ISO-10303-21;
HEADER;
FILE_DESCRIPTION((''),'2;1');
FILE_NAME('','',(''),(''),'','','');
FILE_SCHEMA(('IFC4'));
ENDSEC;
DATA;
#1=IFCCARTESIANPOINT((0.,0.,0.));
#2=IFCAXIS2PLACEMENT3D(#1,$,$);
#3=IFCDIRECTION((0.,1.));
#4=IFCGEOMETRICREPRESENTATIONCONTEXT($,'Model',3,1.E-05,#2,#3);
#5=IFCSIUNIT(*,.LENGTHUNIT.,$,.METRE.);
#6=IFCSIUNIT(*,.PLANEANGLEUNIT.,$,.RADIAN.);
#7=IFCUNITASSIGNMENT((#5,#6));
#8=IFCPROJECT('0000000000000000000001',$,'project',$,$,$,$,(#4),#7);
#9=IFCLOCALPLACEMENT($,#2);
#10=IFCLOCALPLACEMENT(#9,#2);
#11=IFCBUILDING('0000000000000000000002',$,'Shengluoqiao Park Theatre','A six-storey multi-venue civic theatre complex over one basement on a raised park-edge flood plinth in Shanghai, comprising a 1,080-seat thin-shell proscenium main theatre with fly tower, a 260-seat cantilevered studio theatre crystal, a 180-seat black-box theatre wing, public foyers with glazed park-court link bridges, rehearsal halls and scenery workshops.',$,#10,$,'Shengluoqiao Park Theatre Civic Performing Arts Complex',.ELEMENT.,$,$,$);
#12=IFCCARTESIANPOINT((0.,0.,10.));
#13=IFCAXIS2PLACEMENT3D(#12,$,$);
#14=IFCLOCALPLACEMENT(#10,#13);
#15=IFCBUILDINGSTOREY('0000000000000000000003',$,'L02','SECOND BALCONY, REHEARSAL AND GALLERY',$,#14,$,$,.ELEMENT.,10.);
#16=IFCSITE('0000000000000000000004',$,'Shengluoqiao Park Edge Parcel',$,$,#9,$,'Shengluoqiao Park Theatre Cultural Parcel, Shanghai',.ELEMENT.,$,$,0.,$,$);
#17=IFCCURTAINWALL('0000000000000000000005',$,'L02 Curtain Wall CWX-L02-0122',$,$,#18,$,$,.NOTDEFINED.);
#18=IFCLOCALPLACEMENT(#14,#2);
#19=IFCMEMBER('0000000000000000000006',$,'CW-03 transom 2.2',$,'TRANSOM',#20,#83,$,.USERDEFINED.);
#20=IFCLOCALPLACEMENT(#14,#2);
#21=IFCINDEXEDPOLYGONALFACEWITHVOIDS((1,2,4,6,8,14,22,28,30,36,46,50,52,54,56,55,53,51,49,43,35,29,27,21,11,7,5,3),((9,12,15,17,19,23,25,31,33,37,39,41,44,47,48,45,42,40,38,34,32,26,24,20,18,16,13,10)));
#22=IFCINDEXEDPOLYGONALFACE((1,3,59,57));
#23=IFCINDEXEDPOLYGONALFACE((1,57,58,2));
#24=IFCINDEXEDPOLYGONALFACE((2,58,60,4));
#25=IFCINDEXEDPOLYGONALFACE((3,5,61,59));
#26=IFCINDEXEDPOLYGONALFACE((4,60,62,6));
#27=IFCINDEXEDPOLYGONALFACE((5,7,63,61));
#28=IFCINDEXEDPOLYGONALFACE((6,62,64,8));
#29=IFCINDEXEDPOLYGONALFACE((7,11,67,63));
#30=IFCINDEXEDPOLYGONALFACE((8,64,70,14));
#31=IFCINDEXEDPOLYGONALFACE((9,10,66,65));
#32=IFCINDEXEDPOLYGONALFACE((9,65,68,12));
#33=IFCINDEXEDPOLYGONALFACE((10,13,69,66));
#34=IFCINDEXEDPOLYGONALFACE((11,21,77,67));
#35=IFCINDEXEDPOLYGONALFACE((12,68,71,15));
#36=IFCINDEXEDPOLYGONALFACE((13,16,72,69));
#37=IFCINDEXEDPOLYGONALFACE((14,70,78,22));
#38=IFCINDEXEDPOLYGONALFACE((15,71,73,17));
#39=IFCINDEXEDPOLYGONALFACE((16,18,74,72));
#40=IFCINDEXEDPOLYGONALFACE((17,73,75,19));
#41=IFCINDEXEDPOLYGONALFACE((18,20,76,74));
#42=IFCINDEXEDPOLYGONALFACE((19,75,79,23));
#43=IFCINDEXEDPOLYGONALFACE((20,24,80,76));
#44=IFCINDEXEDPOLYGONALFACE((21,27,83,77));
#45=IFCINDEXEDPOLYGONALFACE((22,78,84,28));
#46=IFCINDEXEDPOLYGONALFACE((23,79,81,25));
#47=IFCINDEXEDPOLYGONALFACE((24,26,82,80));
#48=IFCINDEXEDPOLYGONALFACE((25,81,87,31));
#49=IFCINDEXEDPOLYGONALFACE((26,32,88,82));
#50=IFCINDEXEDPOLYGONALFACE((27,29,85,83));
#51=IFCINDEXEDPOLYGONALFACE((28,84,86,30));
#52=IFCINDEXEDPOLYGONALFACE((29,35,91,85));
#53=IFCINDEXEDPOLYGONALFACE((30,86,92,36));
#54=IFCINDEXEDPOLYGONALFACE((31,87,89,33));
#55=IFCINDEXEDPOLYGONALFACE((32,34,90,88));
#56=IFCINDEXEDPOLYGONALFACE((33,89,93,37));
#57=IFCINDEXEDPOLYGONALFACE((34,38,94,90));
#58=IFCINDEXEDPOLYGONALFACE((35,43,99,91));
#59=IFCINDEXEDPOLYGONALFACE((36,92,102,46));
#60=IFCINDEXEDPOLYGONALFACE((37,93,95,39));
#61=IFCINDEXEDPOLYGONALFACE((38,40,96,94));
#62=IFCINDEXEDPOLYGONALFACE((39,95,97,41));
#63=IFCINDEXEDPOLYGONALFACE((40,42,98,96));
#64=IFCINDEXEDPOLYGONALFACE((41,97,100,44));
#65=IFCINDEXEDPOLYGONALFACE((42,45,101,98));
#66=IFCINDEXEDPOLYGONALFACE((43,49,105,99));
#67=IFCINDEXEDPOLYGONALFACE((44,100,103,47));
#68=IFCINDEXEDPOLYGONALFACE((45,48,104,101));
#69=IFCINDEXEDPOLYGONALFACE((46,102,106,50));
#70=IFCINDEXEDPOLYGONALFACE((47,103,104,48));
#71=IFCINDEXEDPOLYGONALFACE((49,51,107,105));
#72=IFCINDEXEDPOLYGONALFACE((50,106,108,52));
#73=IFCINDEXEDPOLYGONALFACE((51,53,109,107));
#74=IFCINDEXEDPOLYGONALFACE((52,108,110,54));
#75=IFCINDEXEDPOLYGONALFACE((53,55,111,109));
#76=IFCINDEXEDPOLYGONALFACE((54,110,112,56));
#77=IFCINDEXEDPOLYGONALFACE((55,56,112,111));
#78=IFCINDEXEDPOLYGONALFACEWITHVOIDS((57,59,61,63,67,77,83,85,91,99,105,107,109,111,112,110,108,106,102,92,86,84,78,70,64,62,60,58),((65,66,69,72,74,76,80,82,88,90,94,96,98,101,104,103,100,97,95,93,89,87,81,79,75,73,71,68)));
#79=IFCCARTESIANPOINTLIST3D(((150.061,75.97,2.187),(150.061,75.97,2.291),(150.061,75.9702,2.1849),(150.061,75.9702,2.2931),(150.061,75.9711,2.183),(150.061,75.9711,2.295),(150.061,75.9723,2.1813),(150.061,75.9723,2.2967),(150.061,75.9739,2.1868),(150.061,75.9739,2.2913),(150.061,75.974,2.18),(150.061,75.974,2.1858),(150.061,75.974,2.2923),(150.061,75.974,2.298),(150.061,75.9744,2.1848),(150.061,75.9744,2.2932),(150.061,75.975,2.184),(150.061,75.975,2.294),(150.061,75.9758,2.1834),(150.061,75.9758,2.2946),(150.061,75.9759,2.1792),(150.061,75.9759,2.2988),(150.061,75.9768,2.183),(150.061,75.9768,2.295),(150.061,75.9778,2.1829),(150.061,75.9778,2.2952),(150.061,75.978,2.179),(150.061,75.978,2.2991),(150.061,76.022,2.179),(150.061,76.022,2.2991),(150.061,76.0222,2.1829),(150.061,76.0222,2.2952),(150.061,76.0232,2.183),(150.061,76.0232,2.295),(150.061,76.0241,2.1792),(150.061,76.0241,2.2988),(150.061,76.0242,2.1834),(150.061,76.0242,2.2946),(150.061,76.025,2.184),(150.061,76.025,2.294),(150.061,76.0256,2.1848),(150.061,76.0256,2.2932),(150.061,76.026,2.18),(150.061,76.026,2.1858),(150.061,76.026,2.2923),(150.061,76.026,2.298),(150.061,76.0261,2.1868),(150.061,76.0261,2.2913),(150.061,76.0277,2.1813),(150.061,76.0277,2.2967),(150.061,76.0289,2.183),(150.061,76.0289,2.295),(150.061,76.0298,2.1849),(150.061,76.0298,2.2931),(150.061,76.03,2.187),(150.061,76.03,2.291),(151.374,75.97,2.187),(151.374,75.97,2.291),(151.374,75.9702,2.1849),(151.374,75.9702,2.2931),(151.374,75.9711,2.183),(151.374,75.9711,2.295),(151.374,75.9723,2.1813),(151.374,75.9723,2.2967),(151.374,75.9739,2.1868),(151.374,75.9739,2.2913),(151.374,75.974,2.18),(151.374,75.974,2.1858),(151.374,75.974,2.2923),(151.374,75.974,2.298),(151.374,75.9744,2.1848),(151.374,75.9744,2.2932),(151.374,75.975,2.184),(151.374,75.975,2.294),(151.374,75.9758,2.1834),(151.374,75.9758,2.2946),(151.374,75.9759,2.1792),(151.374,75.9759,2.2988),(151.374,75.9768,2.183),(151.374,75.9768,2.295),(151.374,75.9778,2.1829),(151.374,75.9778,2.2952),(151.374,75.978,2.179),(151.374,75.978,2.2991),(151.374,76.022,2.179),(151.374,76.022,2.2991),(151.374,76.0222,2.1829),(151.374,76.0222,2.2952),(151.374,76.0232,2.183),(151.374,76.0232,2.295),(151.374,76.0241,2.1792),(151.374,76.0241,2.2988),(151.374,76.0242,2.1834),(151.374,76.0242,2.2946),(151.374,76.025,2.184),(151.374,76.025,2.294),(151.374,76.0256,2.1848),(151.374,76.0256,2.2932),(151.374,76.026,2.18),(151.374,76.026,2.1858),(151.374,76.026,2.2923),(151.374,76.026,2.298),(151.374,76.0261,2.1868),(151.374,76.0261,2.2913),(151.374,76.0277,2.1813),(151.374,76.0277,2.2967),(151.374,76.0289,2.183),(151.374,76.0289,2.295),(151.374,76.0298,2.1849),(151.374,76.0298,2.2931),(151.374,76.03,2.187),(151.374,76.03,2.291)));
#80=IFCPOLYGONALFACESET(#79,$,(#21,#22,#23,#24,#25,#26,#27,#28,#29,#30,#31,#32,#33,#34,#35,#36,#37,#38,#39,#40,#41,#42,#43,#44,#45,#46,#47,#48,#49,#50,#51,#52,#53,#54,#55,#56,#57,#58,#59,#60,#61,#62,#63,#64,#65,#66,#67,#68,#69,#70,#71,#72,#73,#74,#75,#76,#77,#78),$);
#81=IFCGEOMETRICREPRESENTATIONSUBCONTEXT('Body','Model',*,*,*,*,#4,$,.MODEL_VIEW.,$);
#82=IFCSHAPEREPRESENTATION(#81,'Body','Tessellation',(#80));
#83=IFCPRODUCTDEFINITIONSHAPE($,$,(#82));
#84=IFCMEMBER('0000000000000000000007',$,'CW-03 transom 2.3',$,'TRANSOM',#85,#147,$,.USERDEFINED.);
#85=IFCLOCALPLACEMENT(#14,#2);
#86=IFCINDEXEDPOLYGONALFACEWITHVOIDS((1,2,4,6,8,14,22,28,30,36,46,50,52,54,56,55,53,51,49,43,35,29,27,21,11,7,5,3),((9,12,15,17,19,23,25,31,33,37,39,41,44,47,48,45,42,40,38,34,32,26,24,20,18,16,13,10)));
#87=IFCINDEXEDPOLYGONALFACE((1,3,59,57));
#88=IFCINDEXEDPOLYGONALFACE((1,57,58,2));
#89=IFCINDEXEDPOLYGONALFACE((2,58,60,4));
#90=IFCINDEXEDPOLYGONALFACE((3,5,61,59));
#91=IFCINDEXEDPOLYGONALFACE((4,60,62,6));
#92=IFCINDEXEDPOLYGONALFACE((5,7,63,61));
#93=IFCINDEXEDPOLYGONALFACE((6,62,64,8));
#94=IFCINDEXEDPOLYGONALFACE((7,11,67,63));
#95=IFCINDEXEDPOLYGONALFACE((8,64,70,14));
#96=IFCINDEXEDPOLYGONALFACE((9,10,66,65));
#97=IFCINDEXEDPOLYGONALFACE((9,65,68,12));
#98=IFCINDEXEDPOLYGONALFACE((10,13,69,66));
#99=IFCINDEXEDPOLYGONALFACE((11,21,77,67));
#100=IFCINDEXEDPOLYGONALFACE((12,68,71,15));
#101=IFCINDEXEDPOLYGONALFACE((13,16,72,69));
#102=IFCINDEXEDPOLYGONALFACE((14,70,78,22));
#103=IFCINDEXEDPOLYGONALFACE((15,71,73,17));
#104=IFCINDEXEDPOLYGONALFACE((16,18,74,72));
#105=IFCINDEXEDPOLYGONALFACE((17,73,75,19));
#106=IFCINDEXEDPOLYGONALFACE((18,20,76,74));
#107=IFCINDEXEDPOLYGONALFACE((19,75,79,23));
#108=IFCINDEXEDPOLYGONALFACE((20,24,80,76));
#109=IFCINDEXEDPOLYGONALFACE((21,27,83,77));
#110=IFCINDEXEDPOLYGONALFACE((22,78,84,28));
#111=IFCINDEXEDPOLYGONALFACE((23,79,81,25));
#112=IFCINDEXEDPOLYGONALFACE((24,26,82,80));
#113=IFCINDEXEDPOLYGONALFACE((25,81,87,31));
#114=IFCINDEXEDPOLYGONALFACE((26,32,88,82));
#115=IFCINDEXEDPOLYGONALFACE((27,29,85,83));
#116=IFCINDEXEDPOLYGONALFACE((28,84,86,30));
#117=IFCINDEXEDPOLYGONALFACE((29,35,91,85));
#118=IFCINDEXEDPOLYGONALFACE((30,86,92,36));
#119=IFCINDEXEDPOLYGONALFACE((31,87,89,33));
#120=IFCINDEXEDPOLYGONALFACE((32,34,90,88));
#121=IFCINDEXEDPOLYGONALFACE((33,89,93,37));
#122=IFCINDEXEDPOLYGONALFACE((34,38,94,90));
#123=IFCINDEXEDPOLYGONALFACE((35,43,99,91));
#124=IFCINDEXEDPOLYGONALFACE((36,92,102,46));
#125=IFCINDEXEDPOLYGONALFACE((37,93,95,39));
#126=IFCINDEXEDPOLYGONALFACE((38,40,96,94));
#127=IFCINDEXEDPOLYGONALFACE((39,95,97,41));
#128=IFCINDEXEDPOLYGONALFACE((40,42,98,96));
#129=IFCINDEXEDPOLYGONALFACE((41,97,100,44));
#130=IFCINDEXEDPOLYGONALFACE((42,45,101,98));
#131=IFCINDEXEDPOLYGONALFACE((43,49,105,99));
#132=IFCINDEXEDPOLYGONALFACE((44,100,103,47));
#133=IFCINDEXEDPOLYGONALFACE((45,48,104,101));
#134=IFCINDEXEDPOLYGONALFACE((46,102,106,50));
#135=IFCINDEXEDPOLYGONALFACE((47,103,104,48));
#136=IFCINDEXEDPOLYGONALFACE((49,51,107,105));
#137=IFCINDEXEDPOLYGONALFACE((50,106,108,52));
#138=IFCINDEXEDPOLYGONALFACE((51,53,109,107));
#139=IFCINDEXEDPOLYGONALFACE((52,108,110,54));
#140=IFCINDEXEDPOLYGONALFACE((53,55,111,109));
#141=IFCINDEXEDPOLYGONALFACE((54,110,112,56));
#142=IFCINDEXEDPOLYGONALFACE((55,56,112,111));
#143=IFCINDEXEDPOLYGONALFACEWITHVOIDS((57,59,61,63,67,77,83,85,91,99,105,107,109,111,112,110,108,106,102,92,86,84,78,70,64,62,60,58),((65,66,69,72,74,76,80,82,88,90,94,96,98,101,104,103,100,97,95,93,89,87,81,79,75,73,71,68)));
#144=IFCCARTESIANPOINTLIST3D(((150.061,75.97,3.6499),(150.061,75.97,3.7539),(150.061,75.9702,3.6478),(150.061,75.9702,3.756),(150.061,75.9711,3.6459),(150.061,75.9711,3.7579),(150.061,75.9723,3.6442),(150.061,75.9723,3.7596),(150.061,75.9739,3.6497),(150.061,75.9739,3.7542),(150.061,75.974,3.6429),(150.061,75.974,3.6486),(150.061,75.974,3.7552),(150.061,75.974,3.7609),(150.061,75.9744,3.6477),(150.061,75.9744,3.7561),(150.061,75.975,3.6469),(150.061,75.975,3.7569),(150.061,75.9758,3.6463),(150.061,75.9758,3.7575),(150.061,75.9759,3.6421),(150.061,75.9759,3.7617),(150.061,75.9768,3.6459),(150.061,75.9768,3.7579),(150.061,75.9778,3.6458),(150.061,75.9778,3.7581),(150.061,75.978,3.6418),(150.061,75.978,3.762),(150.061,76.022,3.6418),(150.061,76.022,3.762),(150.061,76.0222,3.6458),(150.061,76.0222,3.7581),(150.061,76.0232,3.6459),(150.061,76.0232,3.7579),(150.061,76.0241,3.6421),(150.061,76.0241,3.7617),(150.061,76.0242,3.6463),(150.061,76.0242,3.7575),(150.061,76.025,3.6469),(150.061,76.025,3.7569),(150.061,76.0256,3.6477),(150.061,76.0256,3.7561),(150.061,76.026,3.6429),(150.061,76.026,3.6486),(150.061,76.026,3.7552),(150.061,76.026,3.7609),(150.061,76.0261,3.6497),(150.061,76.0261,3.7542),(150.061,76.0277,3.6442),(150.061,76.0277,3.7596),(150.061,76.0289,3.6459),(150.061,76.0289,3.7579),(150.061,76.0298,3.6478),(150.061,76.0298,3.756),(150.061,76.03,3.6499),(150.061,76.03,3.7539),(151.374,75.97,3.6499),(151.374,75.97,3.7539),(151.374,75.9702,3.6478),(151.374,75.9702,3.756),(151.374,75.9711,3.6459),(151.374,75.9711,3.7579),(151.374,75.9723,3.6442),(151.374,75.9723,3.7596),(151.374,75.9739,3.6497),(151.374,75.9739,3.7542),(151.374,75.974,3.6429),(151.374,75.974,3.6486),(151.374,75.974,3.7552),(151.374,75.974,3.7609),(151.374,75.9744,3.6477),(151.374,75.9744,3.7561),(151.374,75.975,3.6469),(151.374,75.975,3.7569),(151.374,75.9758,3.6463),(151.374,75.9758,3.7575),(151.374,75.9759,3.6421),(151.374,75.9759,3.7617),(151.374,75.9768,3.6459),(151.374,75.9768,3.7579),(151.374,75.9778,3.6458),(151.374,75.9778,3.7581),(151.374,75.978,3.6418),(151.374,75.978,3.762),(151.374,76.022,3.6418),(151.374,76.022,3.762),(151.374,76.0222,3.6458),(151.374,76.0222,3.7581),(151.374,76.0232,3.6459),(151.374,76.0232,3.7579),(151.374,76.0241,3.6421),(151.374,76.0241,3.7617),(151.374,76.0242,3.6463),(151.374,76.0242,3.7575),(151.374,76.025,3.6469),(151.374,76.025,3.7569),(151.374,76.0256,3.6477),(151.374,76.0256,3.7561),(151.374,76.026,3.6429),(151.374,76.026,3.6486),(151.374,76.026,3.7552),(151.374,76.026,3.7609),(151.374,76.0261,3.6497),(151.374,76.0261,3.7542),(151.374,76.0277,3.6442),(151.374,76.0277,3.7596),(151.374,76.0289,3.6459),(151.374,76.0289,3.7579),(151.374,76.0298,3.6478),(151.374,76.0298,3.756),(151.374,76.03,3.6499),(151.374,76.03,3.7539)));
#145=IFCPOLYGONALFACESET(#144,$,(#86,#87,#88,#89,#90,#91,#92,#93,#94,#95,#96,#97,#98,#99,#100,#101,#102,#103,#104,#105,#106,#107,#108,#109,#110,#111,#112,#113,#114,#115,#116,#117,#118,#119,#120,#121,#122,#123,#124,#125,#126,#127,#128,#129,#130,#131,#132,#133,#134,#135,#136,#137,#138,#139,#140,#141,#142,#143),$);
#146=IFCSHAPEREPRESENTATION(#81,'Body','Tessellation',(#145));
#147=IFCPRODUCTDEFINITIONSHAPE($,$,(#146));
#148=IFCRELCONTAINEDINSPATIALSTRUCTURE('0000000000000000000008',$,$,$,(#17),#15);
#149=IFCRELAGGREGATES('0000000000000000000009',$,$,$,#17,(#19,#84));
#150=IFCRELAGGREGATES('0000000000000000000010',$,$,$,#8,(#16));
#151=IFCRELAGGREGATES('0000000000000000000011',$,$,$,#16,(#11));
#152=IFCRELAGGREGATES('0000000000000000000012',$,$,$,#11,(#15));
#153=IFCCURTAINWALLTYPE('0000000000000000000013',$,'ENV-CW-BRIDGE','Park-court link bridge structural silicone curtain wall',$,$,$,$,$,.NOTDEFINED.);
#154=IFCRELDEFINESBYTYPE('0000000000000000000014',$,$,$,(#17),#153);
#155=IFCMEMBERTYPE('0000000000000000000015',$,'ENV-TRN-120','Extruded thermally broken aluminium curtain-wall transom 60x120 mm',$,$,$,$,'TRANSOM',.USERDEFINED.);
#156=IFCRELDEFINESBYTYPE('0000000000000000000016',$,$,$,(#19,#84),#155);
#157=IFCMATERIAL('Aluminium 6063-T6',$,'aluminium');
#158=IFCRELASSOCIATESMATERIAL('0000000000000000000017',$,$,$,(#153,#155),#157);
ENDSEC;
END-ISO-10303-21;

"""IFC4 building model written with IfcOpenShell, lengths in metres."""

from ifc_helpers import new_model, si_unit, direction, frame, origin, origin_2d, place, context, subcontext, project, spatial, hollow_rectangle, extrude, material, material_profile, profile_set, type_object, element, aggregate, save


model = new_model("IFC4")

# Units and contexts
model_context = context("Model", 3, precision=1e-05, world=origin(), true_north=direction((0.0, 1.0)))
body_context = subcontext(model_context, "Body", "Model", "MODEL_VIEW")
ifc_project = project(units=[si_unit("LENGTHUNIT", "METRE"), si_unit("PLANEANGLEUNIT", "RADIAN")], contexts=[model_context])

# Site, building, storey
site_placement = place(None, origin())
site = spatial("IfcSite", under=ifc_project, at=site_placement, Name="Shengluoqiao Park Edge Parcel", LongName="Shengluoqiao Park Theatre Cultural Parcel, Shanghai", CompositionType="ELEMENT", RefElevation=0.0)
building_placement = place(site_placement, origin())
building = spatial("IfcBuilding", under=site, at=building_placement, Name="Shengluoqiao Park Theatre", Description="A six-storey multi-venue civic theatre complex over one basement on a raised park-edge flood plinth in Shanghai, comprising a 1,080-seat thin-shell proscenium main theatre with fly tower, a 260-seat cantilevered studio theatre crystal, a 180-seat black-box theatre wing, public foyers with glazed park-court link bridges, rehearsal halls and scenery workshops.", LongName="Shengluoqiao Park Theatre Civic Performing Arts Complex", CompositionType="ELEMENT")
storey_placement = place(building_placement, frame((0.0, 0.0, 10.0)))
storey = spatial("IfcBuildingStorey", under=building, at=storey_placement, Name="L02", Description="SECOND BALCONY, REHEARSAL AND GALLERY", CompositionType="ELEMENT", Elevation=10.0)

# Curtain wall
ifc_material_1 = material(Name="Aluminium 6063-T6", Category="aluminium")
curtain_wall_type_1 = type_object("IfcCurtainWallType", Name="ENV-CW-BRIDGE", Description="Park-court link bridge structural silicone curtain wall", PredefinedType="NOTDEFINED", material=ifc_material_1)
curtain_wall_1_placement = place(storey_placement, origin())
curtain_wall_1 = element("IfcCurtainWall", 1, at=curtain_wall_1_placement, inside=storey, type_object=curtain_wall_type_1, Name="L02 Curtain Wall CWX-L02-0122", PredefinedType="NOTDEFINED")

# Members
ifc_material_profile_1 = material_profile(ifc_material_1, hollow_rectangle(XDim=0.0601, YDim=0.1201, WallThickness=0.0039, InnerFilletRadius=0.0039, OuterFilletRadius=0.0081, at=origin_2d()), Name="ALU TRANSOM 120x60x4")
ifc_profile_set_1 = profile_set([ifc_material_profile_1], Name="Aluminium 6063-T6")
member_type_1 = type_object("IfcMemberType", Name="ENV-TRN-120", Description="Extruded thermally broken aluminium curtain-wall transom 60x120 mm", ElementType="TRANSOM", PredefinedType="USERDEFINED", material=ifc_profile_set_1)
member_1_placement = place(storey_placement, frame((150.061, 76.0, 2.239), z_axis=(1.0, 0.0, 0.0), x_axis=(0.0, 1.0, 0.0)))
member_1 = element("IfcMember", 2, at=member_1_placement, type_object=member_type_1, Name="CW-03 transom 2.2", ObjectType="TRANSOM", PredefinedType="USERDEFINED", context=body_context, shape_type="SweptSolid", body=[
    extrude(hollow_rectangle(XDim=0.0601, YDim=0.1201, WallThickness=0.0039, InnerFilletRadius=0.0039, OuterFilletRadius=0.0081, at=origin_2d()), origin(), (0.0, 0.0, 1.0), 1.313),
])
member_2_placement = place(storey_placement, frame((150.061, 76.0, 3.7019), z_axis=(1.0, 0.0, 0.0), x_axis=(0.0, 1.0, 0.0)))
member_2 = element("IfcMember", 3, at=member_2_placement, type_object=member_type_1, Name="CW-03 transom 2.3", ObjectType="TRANSOM", PredefinedType="USERDEFINED", context=body_context, shape_type="SweptSolid", body=[
    extrude(hollow_rectangle(XDim=0.0601, YDim=0.1201, WallThickness=0.0039, InnerFilletRadius=0.0039, OuterFilletRadius=0.0081, at=origin_2d()), origin(), (0.0, 0.0, 1.0), 1.313),
])

aggregate(curtain_wall_1, [member_1, member_2])

save(model, "model.ifc")
